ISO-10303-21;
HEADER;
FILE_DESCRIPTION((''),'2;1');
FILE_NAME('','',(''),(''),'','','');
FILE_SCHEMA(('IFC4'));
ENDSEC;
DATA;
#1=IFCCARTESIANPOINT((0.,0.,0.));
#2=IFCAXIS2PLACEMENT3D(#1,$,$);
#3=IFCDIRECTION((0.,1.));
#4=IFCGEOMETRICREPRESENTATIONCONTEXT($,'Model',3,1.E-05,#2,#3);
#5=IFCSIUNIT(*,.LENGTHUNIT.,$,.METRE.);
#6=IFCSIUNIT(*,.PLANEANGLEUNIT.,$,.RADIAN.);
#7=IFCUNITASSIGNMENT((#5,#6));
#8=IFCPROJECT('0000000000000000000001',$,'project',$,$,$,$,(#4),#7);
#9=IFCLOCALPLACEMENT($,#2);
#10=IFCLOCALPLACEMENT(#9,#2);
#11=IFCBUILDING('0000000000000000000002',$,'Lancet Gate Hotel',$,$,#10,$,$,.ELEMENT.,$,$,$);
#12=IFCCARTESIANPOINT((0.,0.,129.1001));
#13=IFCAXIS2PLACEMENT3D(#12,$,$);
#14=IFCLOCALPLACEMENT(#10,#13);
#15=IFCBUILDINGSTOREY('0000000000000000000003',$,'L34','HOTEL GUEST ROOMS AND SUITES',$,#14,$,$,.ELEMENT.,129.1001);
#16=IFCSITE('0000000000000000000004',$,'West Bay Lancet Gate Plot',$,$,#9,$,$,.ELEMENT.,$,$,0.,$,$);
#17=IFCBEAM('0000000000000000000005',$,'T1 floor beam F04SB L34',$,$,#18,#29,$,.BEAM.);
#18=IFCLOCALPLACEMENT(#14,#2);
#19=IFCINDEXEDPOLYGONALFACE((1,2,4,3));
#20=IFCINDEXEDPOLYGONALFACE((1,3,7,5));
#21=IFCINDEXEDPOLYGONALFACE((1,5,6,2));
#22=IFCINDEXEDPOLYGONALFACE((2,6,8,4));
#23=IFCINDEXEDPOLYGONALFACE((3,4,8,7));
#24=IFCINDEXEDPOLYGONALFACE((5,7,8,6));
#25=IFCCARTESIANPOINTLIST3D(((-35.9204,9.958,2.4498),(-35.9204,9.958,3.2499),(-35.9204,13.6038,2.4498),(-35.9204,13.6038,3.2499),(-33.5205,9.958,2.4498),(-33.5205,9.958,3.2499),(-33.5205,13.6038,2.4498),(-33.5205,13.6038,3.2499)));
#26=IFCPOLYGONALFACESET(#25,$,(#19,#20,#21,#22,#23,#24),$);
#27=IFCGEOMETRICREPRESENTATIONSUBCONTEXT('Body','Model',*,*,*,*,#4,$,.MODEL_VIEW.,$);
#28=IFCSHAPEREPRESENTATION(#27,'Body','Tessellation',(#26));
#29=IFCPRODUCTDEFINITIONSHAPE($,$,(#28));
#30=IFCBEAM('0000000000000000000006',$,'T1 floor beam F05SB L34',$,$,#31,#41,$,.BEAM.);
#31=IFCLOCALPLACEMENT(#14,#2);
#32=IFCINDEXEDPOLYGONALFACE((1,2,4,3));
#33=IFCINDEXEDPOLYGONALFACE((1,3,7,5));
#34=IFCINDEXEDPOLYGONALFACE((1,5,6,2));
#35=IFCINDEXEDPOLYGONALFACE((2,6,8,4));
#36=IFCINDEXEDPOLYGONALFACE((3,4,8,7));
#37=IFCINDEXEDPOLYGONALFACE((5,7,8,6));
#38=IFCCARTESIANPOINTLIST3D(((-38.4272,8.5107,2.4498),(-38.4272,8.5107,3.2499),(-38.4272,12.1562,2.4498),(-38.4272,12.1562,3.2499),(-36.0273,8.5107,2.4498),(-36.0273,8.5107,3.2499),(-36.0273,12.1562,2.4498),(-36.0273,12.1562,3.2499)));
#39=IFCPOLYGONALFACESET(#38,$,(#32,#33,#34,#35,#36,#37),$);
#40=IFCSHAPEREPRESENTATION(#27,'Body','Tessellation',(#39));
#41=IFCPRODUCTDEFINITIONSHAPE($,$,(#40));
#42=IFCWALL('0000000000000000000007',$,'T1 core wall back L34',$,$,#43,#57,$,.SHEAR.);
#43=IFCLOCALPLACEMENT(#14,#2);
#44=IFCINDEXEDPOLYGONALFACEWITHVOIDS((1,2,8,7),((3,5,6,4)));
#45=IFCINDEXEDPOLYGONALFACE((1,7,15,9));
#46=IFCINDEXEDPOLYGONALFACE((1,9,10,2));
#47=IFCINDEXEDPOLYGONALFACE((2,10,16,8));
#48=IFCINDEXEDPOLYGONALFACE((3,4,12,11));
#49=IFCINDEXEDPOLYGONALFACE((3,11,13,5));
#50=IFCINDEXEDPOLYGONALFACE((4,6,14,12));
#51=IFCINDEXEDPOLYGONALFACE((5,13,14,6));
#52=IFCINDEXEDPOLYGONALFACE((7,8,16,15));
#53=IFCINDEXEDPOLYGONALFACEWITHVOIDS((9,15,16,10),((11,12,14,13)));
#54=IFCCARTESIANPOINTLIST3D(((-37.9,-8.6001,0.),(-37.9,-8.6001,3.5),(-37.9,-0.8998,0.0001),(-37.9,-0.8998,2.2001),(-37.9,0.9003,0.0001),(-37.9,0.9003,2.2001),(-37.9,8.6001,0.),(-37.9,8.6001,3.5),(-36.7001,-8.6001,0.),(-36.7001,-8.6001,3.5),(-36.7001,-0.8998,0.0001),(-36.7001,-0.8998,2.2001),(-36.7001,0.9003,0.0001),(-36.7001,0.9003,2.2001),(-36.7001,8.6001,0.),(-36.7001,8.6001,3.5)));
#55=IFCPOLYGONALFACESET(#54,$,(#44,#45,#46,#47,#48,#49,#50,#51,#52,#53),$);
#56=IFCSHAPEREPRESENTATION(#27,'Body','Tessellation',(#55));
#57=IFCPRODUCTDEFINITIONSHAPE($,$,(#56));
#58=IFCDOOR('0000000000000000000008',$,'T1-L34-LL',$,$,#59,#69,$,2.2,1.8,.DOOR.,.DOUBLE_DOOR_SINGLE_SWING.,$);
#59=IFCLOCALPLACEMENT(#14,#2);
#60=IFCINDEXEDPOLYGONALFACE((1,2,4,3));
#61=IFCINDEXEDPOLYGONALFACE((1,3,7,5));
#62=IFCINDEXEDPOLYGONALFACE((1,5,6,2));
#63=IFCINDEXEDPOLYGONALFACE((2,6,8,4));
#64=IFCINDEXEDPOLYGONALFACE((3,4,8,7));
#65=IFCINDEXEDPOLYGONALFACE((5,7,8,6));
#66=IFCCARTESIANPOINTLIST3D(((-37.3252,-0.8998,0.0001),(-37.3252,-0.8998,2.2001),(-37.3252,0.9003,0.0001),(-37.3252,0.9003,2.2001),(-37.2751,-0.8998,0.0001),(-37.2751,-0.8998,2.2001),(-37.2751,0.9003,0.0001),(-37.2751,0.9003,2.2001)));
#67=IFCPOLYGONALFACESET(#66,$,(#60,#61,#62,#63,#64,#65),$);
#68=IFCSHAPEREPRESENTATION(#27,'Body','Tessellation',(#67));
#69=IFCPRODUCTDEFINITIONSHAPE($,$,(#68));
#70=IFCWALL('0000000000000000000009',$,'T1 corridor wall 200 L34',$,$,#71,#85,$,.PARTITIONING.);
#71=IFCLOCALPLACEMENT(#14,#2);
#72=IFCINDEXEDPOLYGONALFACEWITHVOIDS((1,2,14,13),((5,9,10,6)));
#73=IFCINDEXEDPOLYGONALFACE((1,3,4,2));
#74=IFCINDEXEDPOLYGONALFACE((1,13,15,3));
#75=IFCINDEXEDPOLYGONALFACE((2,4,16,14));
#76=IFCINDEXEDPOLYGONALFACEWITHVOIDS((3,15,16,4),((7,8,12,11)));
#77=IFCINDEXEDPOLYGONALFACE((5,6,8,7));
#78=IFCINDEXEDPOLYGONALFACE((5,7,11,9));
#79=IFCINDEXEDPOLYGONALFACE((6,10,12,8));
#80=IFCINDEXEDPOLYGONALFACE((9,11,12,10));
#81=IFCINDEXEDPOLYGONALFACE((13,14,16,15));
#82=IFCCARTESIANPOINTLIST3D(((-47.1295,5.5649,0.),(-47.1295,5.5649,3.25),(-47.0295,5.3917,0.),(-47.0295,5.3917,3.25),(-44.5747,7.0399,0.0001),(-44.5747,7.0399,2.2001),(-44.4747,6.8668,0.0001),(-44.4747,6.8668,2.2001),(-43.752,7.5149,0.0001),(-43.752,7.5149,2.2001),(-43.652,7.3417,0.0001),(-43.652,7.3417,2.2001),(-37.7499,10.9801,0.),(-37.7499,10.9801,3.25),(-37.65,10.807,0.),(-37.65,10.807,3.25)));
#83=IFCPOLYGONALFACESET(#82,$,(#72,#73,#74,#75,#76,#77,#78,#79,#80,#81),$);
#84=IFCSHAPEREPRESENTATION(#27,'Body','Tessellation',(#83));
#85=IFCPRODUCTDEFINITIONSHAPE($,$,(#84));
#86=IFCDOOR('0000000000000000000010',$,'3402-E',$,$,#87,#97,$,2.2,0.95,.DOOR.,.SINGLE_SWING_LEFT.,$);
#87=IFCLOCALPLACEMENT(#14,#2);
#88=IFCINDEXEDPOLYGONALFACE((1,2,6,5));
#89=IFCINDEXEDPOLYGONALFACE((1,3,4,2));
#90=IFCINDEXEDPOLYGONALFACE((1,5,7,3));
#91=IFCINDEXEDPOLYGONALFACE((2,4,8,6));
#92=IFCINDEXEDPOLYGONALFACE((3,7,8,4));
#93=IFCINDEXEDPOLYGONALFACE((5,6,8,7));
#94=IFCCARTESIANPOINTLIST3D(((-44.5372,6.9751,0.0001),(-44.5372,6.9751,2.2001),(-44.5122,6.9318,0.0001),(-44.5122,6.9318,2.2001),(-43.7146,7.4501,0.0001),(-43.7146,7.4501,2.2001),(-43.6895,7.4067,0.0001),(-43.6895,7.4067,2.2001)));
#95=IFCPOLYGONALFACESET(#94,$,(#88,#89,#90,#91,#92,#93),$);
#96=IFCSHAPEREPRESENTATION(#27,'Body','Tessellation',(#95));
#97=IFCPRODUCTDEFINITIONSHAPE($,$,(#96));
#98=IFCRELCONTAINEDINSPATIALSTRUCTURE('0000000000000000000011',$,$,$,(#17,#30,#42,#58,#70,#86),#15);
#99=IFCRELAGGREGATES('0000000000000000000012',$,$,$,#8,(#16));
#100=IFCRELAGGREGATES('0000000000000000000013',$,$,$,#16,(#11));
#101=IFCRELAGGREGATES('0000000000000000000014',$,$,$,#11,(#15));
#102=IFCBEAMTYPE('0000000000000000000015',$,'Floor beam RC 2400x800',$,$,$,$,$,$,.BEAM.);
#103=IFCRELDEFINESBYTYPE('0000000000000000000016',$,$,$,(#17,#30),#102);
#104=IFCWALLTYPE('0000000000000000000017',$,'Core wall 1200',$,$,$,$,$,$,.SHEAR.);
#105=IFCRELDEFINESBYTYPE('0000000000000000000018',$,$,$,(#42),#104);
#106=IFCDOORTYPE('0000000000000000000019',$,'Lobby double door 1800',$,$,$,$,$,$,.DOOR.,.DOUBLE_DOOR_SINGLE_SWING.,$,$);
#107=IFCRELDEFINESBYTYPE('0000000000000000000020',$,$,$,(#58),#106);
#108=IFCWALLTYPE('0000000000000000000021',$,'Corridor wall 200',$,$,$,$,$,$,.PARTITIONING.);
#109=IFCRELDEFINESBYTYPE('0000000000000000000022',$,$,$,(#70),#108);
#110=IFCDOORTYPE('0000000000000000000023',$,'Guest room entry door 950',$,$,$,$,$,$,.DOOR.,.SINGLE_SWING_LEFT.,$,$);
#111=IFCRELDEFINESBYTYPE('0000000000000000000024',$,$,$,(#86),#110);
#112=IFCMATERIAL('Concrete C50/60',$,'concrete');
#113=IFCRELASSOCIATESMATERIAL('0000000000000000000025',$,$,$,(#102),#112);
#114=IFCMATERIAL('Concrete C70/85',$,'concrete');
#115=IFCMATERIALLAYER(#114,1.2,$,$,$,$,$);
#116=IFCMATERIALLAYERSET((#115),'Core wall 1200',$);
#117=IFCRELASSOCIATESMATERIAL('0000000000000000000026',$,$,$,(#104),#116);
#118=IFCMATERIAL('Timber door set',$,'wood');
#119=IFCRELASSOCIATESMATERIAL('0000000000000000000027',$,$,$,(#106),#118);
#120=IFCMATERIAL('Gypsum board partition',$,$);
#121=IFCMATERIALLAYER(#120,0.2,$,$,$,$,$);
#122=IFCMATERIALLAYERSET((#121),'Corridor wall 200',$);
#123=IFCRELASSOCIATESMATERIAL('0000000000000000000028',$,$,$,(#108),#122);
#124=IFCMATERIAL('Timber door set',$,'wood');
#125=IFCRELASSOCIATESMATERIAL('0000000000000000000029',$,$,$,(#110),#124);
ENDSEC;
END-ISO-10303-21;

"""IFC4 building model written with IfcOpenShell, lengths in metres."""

from ifc_helpers import new_model, si_unit, direction, frame, frame_2d, origin, origin_2d, place, context, subcontext, project, spatial, rectangle, extrude, material, layer, layer_set, material_profile, profile_set, type_object, element, fill, save


model = new_model("IFC4")

# Units and contexts
model_context = context("Model", 3, precision=1e-05, world=origin(), true_north=direction((0.0, 1.0)))
body_context = subcontext(model_context, "Body", "Model", "MODEL_VIEW")
ifc_project = project(units=[si_unit("LENGTHUNIT", "METRE"), si_unit("PLANEANGLEUNIT", "RADIAN")], contexts=[model_context])

# Site, building, storey
site_placement = place(None, origin())
site = spatial("IfcSite", under=ifc_project, at=site_placement, Name="West Bay Lancet Gate Plot", CompositionType="ELEMENT", RefElevation=0.0)
building_placement = place(site_placement, origin())
building = spatial("IfcBuilding", under=site, at=building_placement, Name="Lancet Gate Hotel", CompositionType="ELEMENT")
storey_placement = place(building_placement, frame((0.0, 0.0, 129.1001)))
storey = spatial("IfcBuildingStorey", under=building, at=storey_placement, Name="L34", Description="HOTEL GUEST ROOMS AND SUITES", CompositionType="ELEMENT", Elevation=129.1001)

# Beams
ifc_material_1 = material(Name="Concrete C50/60", Category="concrete")
ifc_material_profile = material_profile(ifc_material_1, rectangle(XDim=2.3999, YDim=0.8, at=origin_2d()), Name="RC 2400x800")
ifc_profile_set = profile_set([ifc_material_profile], Name="Concrete C50/60")
beam_type = type_object("IfcBeamType", Name="Floor beam RC 2400x800", PredefinedType="BEAM", material=ifc_profile_set)
beam_1_placement = place(storey_placement, frame((-34.7205, 13.6038, 2.8499), z_axis=(0.0, -1.0, 0.0), x_axis=(1.0, 0.0, 0.0)))
element("IfcBeam", 1, at=beam_1_placement, inside=storey, type_object=beam_type, Name="T1 floor beam F04SB L34", PredefinedType="BEAM", context=body_context, shape_type="SweptSolid", body=[
    extrude(rectangle(XDim=2.3999, YDim=0.8, at=origin_2d()), origin(), (0.0, 0.0, 1.0), 3.6458),
])
beam_2_placement = place(storey_placement, frame((-37.2273, 12.1562, 2.8499), z_axis=(0.0, -1.0, 0.0), x_axis=(1.0, 0.0, 0.0)))
element("IfcBeam", 2, at=beam_2_placement, inside=storey, type_object=beam_type, Name="T1 floor beam F05SB L34", PredefinedType="BEAM", context=body_context, shape_type="SweptSolid", body=[
    extrude(rectangle(XDim=2.3999, YDim=0.8, at=origin_2d()), origin(), (0.0, 0.0, 1.0), 3.6455),
])

# Walls, openings, doors
ifc_material_2 = material(Name="Concrete C70/85", Category="concrete")
ifc_layer_1 = layer(ifc_material_2, 1.2)
ifc_layer_set_1 = layer_set([ifc_layer_1], Name="Core wall 1200")
wall_type_1 = type_object("IfcWallType", Name="Core wall 1200", PredefinedType="SHEAR", material=ifc_layer_set_1)
wall_1_placement = place(storey_placement, frame((-37.3, 8.6001, 0.0), z_axis=(0.0, 0.0, 1.0), x_axis=(0.0, -1.0, 0.0)))
wall_1 = element("IfcWall", 3, at=wall_1_placement, inside=storey, type_object=wall_type_1, Name="T1 core wall back L34", PredefinedType="SHEAR", context=body_context, shape_type="SweptSolid", body=[
    extrude(rectangle(XDim=17.2002, YDim=1.2, at=frame_2d((8.6001, 0.0))), origin(), (0.0, 0.0, 1.0), 3.5),
])
opening_1_placement = place(wall_1_placement, frame((7.7, 0.0, 0.0)))
opening_1 = element("IfcOpeningElement", 4, at=opening_1_placement, cuts=wall_1, PredefinedType="OPENING", context=body_context, shape_type="SweptSolid", body=[
    extrude(rectangle(XDim=1.8, YDim=2.2, at=frame_2d((0.8999, 1.1001))), frame((0.0, 0.6099, 0.0), z_axis=(0.0, -1.0, 0.0), x_axis=(1.0, 0.0, 0.0)), (0.0, 0.0, 1.0), 1.22),
])
ifc_material_3 = material(Name="Timber door set", Category="wood")
door_type_1 = type_object("IfcDoorType", Name="Lobby double door 1800", OperationType="DOUBLE_DOOR_SINGLE_SWING", PredefinedType="DOOR", material=ifc_material_3)
door_1_placement = place(opening_1_placement, origin())
door_1 = element("IfcDoor", 5, at=door_1_placement, inside=storey, type_object=door_type_1, Name="T1-L34-LL", OperationType="DOUBLE_DOOR_SINGLE_SWING", OverallHeight=2.2, OverallWidth=1.8, PredefinedType="DOOR", context=body_context, shape_type="SweptSolid", body=[
    extrude(rectangle(XDim=1.8, YDim=2.2, at=frame_2d((0.8999, 1.1001))), frame((0.0, 0.0249, 0.0), z_axis=(0.0, -1.0, 0.0), x_axis=(1.0, 0.0, 0.0)), (0.0, 0.0, 1.0), 0.05),
])
fill(opening_1, door_1)
ifc_material_4 = material(Name="Gypsum board partition")
ifc_layer_2 = layer(ifc_material_4, 0.2)
ifc_layer_set_2 = layer_set([ifc_layer_2], Name="Corridor wall 200")
wall_type_2 = type_object("IfcWallType", Name="Corridor wall 200", PredefinedType="PARTITIONING", material=ifc_layer_set_2)
wall_2_placement = place(storey_placement, frame((-37.7, 10.8936, 0.0), z_axis=(0.0, 0.0, 1.0), x_axis=(-0.866028, -0.499996, 0.0)))
wall_2 = element("IfcWall", 6, at=wall_2_placement, inside=storey, type_object=wall_type_2, Name="T1 corridor wall 200 L34", PredefinedType="PARTITIONING", context=body_context, shape_type="SweptSolid", body=[
    extrude(rectangle(XDim=10.8306, YDim=0.2, at=frame_2d((5.4153, 0.0))), origin(), (0.0, 0.0, 1.0), 3.25),
])
opening_2_placement = place(wall_2_placement, frame((6.9304, 0.0, 0.0)))
opening_2 = element("IfcOpeningElement", 7, at=opening_2_placement, cuts=wall_2, PredefinedType="OPENING", context=body_context, shape_type="SweptSolid", body=[
    extrude(rectangle(XDim=0.95, YDim=2.2, at=frame_2d((0.4751, 1.1001))), frame((0.0, 0.1099, 0.0), z_axis=(0.0, -1.0, 0.0), x_axis=(1.0, 0.0, 0.0)), (0.0, 0.0, 1.0), 0.22),
])
ifc_material_5 = material(Name="Timber door set", Category="wood")
door_type_2 = type_object("IfcDoorType", Name="Guest room entry door 950", OperationType="SINGLE_SWING_LEFT", PredefinedType="DOOR", material=ifc_material_5)
door_2_placement = place(opening_2_placement, origin())
door_2 = element("IfcDoor", 8, at=door_2_placement, inside=storey, type_object=door_type_2, Name="3402-E", OperationType="SINGLE_SWING_LEFT", OverallHeight=2.2, OverallWidth=0.95, PredefinedType="DOOR", context=body_context, shape_type="SweptSolid", body=[
    extrude(rectangle(XDim=0.95, YDim=2.2, at=frame_2d((0.4751, 1.1001))), frame((0.0, 0.0249, 0.0), z_axis=(0.0, -1.0, 0.0), x_axis=(1.0, 0.0, 0.0)), (0.0, 0.0, 1.0), 0.05),
])
fill(opening_2, door_2)

save(model, "model.ifc")
